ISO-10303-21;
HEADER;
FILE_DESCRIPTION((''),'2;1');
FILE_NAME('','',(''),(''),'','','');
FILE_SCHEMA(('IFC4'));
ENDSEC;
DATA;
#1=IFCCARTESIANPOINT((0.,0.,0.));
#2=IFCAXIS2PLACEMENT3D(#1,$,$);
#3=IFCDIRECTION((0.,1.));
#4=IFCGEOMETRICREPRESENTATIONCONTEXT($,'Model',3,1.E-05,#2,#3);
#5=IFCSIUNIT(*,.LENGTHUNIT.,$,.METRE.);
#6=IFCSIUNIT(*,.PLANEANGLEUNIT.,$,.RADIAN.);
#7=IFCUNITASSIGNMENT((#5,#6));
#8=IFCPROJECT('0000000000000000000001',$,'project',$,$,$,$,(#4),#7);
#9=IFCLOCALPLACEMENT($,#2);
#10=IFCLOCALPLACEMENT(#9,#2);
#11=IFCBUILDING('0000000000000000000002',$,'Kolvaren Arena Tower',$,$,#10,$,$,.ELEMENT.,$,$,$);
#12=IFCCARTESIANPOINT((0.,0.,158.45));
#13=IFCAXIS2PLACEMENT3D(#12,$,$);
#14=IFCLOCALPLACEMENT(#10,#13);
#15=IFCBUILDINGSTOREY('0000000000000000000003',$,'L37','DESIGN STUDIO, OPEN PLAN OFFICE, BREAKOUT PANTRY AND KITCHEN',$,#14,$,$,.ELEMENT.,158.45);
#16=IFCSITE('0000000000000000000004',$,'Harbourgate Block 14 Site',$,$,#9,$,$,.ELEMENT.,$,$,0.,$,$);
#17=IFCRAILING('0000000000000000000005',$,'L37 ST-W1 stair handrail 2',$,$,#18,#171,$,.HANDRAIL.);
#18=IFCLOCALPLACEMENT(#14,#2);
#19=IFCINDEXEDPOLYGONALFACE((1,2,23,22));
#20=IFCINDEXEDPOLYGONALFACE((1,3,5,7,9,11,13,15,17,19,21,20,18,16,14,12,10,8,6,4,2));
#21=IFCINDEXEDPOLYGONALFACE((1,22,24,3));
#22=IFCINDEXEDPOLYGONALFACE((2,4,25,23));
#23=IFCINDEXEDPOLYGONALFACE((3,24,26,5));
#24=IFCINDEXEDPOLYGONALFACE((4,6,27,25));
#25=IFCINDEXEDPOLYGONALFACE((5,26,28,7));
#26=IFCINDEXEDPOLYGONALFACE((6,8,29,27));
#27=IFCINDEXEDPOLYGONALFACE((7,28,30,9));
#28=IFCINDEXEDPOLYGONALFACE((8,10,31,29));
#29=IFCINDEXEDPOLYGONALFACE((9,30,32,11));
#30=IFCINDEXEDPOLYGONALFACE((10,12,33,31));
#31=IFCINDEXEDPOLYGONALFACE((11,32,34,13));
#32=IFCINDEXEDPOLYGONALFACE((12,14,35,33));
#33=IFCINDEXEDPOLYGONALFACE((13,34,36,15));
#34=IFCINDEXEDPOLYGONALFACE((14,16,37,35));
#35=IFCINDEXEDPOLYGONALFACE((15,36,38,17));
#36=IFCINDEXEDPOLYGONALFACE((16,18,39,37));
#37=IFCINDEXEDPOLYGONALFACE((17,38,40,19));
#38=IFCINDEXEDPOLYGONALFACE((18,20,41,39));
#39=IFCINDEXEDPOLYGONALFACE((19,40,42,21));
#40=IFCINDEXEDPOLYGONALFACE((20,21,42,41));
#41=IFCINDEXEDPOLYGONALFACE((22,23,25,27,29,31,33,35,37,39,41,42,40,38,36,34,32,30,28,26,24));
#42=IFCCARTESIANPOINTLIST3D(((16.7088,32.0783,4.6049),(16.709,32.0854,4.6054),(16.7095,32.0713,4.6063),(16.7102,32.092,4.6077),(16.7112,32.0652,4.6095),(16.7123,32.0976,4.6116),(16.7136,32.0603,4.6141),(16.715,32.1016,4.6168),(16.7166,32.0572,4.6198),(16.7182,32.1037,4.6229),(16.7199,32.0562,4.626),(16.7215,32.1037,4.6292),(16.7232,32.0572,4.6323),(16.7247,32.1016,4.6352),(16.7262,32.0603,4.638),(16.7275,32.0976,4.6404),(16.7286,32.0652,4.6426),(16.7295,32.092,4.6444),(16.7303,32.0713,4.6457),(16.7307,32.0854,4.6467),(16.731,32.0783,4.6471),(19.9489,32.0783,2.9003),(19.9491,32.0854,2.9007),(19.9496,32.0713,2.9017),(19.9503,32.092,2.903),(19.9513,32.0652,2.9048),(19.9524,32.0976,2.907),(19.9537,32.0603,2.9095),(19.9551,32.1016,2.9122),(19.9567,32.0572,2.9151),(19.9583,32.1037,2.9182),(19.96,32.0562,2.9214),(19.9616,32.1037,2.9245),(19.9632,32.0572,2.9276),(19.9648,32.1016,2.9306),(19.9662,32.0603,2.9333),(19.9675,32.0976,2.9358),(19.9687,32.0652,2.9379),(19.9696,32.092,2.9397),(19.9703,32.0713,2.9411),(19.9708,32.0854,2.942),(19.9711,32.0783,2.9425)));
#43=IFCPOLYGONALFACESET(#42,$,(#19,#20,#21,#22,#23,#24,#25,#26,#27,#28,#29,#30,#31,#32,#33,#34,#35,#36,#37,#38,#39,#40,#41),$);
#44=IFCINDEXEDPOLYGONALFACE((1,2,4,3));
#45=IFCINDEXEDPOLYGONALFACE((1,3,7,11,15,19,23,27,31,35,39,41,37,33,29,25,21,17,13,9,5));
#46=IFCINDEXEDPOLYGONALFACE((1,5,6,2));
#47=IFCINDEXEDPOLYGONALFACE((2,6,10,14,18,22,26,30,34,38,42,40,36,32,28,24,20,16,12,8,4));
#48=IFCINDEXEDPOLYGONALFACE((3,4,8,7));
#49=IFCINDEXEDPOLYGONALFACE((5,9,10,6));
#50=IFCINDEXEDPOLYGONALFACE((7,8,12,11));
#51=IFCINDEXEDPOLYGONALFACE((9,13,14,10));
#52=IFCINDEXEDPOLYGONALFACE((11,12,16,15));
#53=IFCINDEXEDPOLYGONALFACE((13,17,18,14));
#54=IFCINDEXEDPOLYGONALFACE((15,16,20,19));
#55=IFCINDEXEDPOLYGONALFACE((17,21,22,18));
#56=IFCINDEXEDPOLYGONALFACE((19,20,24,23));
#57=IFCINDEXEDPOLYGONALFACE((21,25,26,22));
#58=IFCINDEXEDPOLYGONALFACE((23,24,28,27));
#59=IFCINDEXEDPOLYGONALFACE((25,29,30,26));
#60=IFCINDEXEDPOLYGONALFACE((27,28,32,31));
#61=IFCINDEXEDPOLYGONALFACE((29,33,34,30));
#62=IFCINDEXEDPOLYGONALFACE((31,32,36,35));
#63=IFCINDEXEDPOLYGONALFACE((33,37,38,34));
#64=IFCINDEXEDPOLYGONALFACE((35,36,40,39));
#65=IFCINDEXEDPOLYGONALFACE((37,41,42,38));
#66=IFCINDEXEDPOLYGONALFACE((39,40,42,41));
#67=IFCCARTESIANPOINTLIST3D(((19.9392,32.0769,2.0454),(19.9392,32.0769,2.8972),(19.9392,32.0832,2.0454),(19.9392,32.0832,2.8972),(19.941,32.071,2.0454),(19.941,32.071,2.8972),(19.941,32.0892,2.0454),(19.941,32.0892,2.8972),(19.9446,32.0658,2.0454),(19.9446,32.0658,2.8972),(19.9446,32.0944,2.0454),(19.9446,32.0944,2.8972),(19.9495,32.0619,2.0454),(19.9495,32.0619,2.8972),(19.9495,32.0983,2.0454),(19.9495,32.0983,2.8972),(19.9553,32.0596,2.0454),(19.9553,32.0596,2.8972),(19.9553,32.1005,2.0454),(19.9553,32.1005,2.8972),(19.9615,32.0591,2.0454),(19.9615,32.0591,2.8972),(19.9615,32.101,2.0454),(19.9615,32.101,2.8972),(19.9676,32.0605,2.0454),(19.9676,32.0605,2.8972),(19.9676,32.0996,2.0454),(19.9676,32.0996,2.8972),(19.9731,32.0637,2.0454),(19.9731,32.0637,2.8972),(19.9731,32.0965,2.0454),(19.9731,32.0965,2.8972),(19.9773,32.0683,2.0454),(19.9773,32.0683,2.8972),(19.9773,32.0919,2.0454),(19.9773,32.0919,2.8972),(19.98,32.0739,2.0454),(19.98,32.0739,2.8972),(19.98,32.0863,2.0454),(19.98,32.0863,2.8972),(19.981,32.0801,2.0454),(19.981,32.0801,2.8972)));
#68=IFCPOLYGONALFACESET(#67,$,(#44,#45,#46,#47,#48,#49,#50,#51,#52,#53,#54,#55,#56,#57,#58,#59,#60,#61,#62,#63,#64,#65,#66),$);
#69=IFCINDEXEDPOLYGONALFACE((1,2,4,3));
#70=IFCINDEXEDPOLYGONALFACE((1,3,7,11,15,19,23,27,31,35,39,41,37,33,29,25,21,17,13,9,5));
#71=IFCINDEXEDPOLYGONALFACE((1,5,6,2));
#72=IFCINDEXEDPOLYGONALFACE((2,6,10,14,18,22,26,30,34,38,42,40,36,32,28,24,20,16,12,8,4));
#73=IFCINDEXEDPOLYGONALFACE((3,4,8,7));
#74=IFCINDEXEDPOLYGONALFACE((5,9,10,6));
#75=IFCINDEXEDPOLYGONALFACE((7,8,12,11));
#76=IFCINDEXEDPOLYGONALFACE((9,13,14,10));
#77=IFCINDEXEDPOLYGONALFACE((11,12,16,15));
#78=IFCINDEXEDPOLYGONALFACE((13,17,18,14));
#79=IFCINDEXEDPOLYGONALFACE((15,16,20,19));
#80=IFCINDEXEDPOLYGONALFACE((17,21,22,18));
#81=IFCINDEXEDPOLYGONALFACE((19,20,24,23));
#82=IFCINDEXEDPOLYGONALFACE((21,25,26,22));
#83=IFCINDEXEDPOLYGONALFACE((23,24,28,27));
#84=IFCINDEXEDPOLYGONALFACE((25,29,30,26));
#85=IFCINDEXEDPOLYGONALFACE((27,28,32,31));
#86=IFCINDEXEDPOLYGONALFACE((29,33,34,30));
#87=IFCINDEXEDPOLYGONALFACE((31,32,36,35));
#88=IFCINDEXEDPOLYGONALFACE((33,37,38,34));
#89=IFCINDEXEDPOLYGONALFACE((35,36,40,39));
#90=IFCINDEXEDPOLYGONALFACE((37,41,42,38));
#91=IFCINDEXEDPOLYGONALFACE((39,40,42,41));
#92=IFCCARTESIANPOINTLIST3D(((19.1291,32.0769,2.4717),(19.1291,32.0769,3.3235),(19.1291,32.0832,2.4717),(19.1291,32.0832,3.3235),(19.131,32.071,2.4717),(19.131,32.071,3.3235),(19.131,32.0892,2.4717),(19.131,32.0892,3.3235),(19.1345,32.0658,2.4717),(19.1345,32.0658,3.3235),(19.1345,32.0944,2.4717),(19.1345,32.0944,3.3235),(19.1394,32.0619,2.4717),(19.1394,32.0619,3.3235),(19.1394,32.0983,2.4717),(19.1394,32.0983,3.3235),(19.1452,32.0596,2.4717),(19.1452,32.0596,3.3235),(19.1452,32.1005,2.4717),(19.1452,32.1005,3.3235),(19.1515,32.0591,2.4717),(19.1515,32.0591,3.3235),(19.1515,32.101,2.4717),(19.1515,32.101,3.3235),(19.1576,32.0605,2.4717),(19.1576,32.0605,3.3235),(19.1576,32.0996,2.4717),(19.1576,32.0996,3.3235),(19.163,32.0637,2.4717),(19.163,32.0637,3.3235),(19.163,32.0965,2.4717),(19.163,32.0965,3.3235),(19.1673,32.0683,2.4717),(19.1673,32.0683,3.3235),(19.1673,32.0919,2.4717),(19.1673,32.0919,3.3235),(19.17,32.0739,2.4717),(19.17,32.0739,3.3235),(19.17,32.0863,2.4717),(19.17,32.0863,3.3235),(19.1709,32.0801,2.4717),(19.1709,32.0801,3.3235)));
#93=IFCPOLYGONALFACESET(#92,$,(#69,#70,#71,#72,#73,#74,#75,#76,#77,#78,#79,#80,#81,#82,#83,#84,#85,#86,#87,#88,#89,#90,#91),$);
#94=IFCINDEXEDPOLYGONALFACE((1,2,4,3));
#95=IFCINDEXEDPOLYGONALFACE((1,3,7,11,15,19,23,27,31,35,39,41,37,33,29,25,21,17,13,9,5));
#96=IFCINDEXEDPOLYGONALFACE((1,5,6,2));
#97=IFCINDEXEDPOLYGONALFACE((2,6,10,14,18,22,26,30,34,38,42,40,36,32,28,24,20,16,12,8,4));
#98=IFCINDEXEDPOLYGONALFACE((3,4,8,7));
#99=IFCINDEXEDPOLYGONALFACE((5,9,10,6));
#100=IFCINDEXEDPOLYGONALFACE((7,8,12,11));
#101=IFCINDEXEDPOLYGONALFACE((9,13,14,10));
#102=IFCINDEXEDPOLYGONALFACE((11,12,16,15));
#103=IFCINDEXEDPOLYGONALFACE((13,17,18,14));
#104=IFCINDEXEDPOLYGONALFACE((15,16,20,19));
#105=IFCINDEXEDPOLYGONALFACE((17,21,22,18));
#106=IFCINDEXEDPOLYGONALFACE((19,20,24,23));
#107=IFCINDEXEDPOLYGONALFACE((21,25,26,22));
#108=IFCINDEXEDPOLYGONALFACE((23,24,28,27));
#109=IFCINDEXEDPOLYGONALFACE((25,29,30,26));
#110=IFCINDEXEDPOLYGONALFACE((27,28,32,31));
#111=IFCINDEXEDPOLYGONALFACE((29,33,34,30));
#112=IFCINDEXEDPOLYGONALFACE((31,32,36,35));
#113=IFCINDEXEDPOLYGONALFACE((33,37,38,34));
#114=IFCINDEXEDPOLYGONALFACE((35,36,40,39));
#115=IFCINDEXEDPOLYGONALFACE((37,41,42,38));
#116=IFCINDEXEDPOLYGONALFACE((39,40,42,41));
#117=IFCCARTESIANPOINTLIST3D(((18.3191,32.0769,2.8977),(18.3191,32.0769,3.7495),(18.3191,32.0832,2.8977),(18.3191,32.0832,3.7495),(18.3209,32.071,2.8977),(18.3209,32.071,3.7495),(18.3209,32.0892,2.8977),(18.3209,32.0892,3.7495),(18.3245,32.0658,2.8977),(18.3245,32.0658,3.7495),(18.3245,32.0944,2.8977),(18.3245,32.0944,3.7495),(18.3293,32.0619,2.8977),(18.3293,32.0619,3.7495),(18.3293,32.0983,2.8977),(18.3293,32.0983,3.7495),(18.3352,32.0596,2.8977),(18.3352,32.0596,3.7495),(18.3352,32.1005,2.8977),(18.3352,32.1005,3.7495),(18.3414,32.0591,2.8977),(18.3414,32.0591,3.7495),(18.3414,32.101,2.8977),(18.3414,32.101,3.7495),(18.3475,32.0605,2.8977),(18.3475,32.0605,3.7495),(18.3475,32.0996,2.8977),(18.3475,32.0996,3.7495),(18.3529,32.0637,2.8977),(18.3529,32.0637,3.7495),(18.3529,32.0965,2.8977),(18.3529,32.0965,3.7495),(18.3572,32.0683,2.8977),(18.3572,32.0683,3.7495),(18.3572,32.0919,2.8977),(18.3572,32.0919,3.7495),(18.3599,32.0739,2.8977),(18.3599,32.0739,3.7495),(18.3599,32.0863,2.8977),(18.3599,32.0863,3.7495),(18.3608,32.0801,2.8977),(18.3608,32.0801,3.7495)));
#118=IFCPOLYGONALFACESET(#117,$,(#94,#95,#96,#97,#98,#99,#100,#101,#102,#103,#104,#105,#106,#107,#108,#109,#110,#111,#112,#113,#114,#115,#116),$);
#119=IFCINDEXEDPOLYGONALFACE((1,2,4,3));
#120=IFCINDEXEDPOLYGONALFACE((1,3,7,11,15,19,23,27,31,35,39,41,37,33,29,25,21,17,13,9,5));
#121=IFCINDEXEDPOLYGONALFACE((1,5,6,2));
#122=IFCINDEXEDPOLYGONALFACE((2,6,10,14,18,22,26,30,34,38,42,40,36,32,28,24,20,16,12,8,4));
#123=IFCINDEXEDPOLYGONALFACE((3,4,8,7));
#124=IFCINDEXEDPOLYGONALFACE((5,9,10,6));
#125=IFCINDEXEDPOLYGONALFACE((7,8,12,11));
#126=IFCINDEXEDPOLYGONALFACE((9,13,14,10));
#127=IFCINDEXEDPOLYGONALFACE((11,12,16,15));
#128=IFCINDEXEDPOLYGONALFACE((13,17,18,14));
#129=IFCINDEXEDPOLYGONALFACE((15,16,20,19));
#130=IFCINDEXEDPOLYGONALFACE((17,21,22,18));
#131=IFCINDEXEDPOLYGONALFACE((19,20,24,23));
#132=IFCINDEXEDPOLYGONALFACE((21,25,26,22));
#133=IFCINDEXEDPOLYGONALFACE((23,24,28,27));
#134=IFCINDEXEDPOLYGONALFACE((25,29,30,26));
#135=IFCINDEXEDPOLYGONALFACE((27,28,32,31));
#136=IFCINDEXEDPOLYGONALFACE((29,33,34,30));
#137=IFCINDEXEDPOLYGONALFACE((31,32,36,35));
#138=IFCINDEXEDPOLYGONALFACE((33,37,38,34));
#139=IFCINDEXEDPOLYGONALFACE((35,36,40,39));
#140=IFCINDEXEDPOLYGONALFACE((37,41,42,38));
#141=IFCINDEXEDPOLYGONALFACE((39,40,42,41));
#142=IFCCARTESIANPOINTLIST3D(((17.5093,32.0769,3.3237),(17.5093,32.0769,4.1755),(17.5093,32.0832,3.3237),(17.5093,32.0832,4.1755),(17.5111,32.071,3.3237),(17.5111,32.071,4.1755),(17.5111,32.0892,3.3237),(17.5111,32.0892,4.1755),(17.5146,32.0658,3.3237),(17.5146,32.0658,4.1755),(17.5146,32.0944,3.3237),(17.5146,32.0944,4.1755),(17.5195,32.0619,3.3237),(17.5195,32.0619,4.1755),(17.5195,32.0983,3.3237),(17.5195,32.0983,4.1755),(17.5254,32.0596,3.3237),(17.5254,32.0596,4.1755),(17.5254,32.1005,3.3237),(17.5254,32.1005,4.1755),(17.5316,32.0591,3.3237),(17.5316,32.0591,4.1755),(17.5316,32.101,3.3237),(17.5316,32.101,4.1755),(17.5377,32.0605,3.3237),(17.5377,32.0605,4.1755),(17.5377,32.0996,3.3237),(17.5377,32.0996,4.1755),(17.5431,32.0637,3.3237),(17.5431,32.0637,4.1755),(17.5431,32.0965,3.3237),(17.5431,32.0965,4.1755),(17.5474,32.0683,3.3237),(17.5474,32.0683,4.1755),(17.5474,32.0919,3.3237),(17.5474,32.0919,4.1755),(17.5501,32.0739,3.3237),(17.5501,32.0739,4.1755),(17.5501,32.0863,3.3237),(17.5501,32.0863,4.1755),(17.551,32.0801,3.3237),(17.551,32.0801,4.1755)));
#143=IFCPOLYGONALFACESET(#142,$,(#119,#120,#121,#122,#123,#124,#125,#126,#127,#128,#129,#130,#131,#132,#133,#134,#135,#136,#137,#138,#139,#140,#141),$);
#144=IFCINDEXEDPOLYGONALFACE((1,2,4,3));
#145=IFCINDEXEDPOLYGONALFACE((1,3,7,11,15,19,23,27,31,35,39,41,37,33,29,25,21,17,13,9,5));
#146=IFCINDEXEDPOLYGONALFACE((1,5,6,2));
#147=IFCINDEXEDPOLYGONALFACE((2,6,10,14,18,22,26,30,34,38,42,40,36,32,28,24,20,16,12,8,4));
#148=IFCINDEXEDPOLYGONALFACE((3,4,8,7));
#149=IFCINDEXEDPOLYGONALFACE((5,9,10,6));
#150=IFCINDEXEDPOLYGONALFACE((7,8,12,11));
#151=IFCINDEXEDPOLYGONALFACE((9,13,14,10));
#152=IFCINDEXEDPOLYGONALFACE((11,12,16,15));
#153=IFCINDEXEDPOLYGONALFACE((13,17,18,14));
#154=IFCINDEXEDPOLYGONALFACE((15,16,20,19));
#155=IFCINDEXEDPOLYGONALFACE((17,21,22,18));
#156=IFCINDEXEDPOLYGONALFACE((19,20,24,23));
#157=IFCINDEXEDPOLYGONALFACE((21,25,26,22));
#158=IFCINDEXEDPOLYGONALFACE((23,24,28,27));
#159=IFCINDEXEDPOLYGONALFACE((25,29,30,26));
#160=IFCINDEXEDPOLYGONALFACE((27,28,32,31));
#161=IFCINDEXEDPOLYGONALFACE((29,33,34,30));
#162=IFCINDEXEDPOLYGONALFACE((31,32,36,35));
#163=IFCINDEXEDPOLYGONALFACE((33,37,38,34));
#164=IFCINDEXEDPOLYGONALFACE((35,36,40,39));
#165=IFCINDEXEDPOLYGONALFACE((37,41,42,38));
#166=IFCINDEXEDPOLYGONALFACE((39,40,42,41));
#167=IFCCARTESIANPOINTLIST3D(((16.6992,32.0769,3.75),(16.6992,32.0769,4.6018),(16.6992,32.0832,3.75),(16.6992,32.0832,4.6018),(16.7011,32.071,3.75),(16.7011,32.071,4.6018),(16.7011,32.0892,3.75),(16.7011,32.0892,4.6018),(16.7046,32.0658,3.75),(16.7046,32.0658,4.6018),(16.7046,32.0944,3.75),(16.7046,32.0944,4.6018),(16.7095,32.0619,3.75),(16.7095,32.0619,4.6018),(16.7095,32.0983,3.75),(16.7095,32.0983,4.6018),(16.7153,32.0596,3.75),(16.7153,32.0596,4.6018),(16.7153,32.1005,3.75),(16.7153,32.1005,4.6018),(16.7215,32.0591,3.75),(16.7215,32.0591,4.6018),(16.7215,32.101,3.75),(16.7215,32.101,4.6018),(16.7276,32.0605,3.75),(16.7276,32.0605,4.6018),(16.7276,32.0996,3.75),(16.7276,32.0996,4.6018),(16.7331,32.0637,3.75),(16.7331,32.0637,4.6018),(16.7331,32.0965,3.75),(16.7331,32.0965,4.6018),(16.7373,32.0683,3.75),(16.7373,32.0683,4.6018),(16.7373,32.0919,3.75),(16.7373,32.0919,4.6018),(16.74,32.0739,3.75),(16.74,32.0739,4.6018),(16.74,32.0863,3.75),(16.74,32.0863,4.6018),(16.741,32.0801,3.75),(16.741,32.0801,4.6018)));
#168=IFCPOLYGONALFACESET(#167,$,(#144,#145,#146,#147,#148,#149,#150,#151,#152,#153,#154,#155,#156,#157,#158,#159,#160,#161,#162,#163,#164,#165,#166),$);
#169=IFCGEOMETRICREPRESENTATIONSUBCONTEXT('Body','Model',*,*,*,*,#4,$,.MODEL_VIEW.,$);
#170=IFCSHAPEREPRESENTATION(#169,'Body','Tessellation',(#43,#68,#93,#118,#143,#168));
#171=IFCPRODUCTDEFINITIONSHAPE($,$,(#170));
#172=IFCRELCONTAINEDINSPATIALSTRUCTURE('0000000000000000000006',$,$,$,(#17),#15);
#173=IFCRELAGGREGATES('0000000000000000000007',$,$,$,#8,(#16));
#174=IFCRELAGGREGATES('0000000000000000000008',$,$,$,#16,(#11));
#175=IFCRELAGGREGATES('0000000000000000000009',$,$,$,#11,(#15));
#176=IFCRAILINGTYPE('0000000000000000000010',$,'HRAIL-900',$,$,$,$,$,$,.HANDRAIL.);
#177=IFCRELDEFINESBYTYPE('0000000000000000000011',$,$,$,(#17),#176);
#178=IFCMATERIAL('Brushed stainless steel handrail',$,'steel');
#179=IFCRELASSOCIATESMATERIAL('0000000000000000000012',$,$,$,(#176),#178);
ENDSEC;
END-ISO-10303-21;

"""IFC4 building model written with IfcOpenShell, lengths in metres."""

from ifc_helpers import new_model, si_unit, direction, frame, origin, origin_2d, place, context, subcontext, project, spatial, circle, extrude, material, type_object, element, save


model = new_model("IFC4")

# Units and contexts
model_context = context("Model", 3, precision=1e-05, world=origin(), true_north=direction((0.0, 1.0)))
body_context = subcontext(model_context, "Body", "Model", "MODEL_VIEW")
ifc_project = project(units=[si_unit("LENGTHUNIT", "METRE"), si_unit("PLANEANGLEUNIT", "RADIAN")], contexts=[model_context])

# Site, building, storey
site_placement = place(None, origin())
site = spatial("IfcSite", under=ifc_project, at=site_placement, Name="Harbourgate Block 14 Site", CompositionType="ELEMENT", RefElevation=0.0)
building_placement = place(site_placement, origin())
building = spatial("IfcBuilding", under=site, at=building_placement, Name="Kolvaren Arena Tower", CompositionType="ELEMENT")
storey_placement = place(building_placement, frame((0.0, 0.0, 158.45)))
storey = spatial("IfcBuildingStorey", under=building, at=storey_placement, Name="L37", Description="DESIGN STUDIO, OPEN PLAN OFFICE, BREAKOUT PANTRY AND KITCHEN", CompositionType="ELEMENT", Elevation=158.45)

# Railing
ifc_material_1 = material(Name="Brushed stainless steel handrail", Category="steel")
railing_type_1 = type_object("IfcRailingType", Name="HRAIL-900", PredefinedType="HANDRAIL", material=ifc_material_1)
railing_1_placement = place(storey_placement, frame((19.96, 32.0801, 2.0454)))
element("IfcRailing", 1, at=railing_1_placement, inside=storey, type_object=railing_type_1, Name="L37 ST-W1 stair handrail 2", PredefinedType="HANDRAIL", context=body_context, shape_type="SweptSolid", body=[
    extrude(circle(Radius=0.0239, at=origin_2d()), frame((0.0, 0.0, 0.876), z_axis=(-0.884993, 0.0, 0.465604), x_axis=(0.0, -1.0, 0.0)), (0.0, 0.0, 1.0), 3.6611),
    extrude(circle(Radius=0.021, at=origin_2d()), origin(), (0.0, 0.0, 1.0), 0.8518),
    extrude(circle(Radius=0.021, at=origin_2d()), frame((-0.8101, 0.0, 0.4263)), (0.0, 0.0, 1.0), 0.8518),
    extrude(circle(Radius=0.021, at=origin_2d()), frame((-1.6201, 0.0, 0.8523)), (0.0, 0.0, 1.0), 0.8518),
    extrude(circle(Radius=0.021, at=origin_2d()), frame((-2.4299, 0.0, 1.2783)), (0.0, 0.0, 1.0), 0.8518),
    extrude(circle(Radius=0.021, at=origin_2d()), frame((-3.24, 0.0, 1.7046)), (0.0, 0.0, 1.0), 0.8518),
])

save(model, "model.ifc")
